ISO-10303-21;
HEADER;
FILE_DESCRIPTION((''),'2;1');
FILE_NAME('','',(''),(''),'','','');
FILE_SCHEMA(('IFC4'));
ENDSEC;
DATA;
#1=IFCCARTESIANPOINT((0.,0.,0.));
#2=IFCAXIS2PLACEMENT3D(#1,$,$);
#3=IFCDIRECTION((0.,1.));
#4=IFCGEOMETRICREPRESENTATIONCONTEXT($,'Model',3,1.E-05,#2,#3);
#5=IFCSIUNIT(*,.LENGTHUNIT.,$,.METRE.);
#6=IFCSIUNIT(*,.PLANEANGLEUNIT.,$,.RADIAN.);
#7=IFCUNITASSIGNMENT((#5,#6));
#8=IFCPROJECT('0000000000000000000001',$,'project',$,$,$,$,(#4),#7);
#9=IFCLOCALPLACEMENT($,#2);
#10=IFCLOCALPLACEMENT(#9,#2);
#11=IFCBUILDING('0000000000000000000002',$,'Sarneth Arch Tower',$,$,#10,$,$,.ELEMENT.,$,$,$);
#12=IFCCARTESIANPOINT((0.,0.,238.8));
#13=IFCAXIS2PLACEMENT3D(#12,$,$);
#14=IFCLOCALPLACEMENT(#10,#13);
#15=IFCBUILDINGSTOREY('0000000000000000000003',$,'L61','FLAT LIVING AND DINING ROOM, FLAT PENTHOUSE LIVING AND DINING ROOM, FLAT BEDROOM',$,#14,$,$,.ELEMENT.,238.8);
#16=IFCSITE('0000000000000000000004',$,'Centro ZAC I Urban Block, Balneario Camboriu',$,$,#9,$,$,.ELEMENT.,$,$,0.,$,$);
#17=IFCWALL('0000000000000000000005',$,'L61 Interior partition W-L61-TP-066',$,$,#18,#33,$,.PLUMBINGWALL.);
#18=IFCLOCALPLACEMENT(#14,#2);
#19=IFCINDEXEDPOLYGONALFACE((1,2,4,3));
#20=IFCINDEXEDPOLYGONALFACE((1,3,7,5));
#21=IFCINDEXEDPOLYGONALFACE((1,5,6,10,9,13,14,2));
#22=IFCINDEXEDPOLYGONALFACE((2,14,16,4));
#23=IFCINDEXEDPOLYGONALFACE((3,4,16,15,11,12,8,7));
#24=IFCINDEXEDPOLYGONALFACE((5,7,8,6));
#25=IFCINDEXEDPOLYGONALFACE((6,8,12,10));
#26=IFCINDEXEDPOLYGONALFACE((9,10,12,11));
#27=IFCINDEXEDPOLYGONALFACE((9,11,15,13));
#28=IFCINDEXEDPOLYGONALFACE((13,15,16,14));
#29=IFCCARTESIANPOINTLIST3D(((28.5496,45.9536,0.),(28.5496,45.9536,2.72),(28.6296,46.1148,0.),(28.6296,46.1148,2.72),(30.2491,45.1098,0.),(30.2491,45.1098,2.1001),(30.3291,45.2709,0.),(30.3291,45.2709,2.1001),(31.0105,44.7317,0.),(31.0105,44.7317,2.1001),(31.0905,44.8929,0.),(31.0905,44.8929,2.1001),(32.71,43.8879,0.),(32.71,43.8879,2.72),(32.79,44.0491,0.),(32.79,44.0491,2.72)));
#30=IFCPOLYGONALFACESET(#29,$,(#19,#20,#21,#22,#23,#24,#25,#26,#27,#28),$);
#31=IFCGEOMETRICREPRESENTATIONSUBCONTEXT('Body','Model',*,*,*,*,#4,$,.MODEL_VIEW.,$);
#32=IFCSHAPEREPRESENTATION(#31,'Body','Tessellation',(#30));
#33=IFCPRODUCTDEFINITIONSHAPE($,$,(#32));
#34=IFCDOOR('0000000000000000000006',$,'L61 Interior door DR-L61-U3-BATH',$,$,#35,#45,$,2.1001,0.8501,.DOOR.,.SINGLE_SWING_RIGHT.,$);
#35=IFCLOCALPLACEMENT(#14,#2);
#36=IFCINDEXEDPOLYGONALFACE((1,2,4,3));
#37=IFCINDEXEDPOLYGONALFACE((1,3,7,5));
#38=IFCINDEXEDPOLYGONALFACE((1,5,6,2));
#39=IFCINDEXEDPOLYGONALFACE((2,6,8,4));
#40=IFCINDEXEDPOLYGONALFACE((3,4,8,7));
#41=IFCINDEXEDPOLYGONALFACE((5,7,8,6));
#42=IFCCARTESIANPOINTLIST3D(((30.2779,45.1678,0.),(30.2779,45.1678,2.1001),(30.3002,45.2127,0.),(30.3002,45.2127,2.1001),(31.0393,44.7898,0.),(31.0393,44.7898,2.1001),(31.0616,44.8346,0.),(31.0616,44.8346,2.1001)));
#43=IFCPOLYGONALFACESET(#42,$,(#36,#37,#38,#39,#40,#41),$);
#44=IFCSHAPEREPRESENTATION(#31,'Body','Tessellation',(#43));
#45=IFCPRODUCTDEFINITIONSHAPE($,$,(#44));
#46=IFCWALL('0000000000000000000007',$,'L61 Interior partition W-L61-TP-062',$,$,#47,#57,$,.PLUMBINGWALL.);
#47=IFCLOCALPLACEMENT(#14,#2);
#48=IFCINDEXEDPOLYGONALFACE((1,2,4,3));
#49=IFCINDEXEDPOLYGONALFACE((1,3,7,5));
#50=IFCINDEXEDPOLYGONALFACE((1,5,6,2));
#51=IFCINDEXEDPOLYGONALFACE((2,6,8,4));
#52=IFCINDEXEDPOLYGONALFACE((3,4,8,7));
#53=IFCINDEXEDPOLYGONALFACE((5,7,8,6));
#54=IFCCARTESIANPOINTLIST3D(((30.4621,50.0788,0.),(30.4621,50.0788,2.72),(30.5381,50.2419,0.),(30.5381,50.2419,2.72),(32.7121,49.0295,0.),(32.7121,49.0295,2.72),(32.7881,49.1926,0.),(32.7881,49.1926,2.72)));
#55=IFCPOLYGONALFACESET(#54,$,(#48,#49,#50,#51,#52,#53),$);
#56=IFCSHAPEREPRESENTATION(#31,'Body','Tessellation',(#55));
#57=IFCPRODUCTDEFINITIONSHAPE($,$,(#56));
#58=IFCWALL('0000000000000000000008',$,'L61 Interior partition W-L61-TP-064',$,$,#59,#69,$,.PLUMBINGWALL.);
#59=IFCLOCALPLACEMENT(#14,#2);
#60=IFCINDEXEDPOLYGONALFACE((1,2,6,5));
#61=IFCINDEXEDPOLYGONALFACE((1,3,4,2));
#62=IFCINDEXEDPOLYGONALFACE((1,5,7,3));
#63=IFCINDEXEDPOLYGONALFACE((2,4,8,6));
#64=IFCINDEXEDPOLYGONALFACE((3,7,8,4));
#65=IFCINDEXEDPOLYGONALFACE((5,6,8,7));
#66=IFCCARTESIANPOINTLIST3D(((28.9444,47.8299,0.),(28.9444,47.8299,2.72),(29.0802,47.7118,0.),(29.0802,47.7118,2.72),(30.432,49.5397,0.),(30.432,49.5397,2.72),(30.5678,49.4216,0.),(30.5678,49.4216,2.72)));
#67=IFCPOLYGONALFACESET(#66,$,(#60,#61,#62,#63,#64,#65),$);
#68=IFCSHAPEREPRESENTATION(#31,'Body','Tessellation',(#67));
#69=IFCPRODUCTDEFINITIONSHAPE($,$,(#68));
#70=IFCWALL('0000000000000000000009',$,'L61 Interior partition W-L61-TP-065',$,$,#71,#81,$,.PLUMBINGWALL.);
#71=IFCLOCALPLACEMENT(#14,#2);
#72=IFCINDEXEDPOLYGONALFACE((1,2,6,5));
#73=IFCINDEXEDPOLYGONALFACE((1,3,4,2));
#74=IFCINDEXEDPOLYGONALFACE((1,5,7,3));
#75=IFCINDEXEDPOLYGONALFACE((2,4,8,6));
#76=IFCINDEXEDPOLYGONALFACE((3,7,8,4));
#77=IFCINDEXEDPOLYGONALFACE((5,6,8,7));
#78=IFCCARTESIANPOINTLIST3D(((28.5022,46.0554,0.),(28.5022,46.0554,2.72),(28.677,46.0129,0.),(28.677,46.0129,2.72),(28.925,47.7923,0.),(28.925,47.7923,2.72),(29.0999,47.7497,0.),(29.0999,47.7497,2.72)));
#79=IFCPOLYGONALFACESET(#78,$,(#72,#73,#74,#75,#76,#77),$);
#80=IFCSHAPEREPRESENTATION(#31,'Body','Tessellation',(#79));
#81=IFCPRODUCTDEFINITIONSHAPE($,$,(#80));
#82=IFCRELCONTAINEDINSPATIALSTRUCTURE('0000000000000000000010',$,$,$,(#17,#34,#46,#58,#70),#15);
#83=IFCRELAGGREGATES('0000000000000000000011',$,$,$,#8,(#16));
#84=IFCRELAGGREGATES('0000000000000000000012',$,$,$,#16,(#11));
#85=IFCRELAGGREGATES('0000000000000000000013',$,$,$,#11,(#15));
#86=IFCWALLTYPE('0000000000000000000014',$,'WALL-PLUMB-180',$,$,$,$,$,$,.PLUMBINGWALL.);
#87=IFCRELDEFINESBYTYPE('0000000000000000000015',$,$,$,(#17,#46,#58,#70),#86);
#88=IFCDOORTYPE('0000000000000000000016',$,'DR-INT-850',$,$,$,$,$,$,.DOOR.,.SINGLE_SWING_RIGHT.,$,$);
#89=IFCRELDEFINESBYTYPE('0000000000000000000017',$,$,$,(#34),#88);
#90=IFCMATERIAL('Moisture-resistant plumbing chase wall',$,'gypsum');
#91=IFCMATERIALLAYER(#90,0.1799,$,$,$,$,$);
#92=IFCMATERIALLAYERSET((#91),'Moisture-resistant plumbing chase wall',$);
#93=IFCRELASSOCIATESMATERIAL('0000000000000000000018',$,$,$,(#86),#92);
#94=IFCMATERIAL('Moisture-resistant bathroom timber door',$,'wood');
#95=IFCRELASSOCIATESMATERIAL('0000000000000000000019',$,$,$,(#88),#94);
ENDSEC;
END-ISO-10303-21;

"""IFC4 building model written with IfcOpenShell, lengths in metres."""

from ifc_helpers import new_model, si_unit, direction, frame, frame_2d, origin, place, context, subcontext, project, spatial, rectangle, extrude, material, layer, layer_set, type_object, element, fill, save


model = new_model("IFC4")

# Units and contexts
model_context = context("Model", 3, precision=1e-05, world=origin(), true_north=direction((0.0, 1.0)))
body_context = subcontext(model_context, "Body", "Model", "MODEL_VIEW")
ifc_project = project(units=[si_unit("LENGTHUNIT", "METRE"), si_unit("PLANEANGLEUNIT", "RADIAN")], contexts=[model_context])

# Site, building, storey
site_placement = place(None, origin())
site = spatial("IfcSite", under=ifc_project, at=site_placement, Name="Centro ZAC I Urban Block, Balneario Camboriu", CompositionType="ELEMENT", RefElevation=0.0)
building_placement = place(site_placement, origin())
building = spatial("IfcBuilding", under=site, at=building_placement, Name="Sarneth Arch Tower", CompositionType="ELEMENT")
storey_placement = place(building_placement, frame((0.0, 0.0, 238.8)))
storey = spatial("IfcBuildingStorey", under=building, at=storey_placement, Name="L61", Description="FLAT LIVING AND DINING ROOM, FLAT PENTHOUSE LIVING AND DINING ROOM, FLAT BEDROOM", CompositionType="ELEMENT", Elevation=238.8)

# Wall, opening, door
ifc_material_1 = material(Name="Moisture-resistant plumbing chase wall", Category="gypsum")
ifc_layer_1 = layer(ifc_material_1, 0.1799)
ifc_layer_set_1 = layer_set([ifc_layer_1], Name="Moisture-resistant plumbing chase wall")
wall_type_1 = type_object("IfcWallType", Name="WALL-PLUMB-180", PredefinedType="PLUMBINGWALL", material=ifc_layer_set_1)
wall_1_placement = place(storey_placement, frame((28.5896, 46.0342, 0.0), z_axis=(0.0, 0.0, 1.0), x_axis=(0.895675, -0.44471, 0.0)))
wall_1 = element("IfcWall", 1, at=wall_1_placement, inside=storey, type_object=wall_type_1, Name="L61 Interior partition W-L61-TP-066", PredefinedType="PLUMBINGWALL", context=body_context, shape_type="SweptSolid", body=[
    extrude(rectangle(XDim=4.645, YDim=0.1799, at=frame_2d((2.3225, 0.0))), origin(), (0.0, 0.0, 1.0), 2.72),
])
opening_1_placement = place(wall_1_placement, frame((1.8975, 0.0, 0.0)))
opening_1 = element("IfcOpeningElement", 2, at=opening_1_placement, cuts=wall_1, PredefinedType="OPENING", context=body_context, shape_type="SweptSolid", body=[
    extrude(rectangle(XDim=0.8501, YDim=2.1001, at=frame_2d((0.425, 1.05))), frame((0.0, 0.0999, 0.0), z_axis=(0.0, -1.0, 0.0), x_axis=(1.0, 0.0, 0.0)), (0.0, 0.0, 1.0), 0.2),
])
ifc_material_2 = material(Name="Moisture-resistant bathroom timber door", Category="wood")
door_type_1 = type_object("IfcDoorType", Name="DR-INT-850", OperationType="SINGLE_SWING_RIGHT", PredefinedType="DOOR", material=ifc_material_2)
door_1_placement = place(opening_1_placement, origin())
door_1 = element("IfcDoor", 3, at=door_1_placement, inside=storey, type_object=door_type_1, Name="L61 Interior door DR-L61-U3-BATH", OperationType="SINGLE_SWING_RIGHT", OverallHeight=2.1001, OverallWidth=0.8501, PredefinedType="DOOR", context=body_context, shape_type="SweptSolid", body=[
    extrude(rectangle(XDim=0.8501, YDim=2.1001, at=frame_2d((0.425, 1.05))), frame((0.0, 0.0249, 0.0), z_axis=(0.0, -1.0, 0.0), x_axis=(1.0, 0.0, 0.0)), (0.0, 0.0, 1.0), 0.05),
])
fill(opening_1, door_1)

# Walls
wall_2_placement = place(storey_placement, frame((32.75, 49.1111, 0.0), z_axis=(0.0, 0.0, 1.0), x_axis=(-0.906289, 0.422659, 0.0)))
element("IfcWall", 4, at=wall_2_placement, inside=storey, type_object=wall_type_1, Name="L61 Interior partition W-L61-TP-062", PredefinedType="PLUMBINGWALL", context=body_context, shape_type="SweptSolid", body=[
    extrude(rectangle(XDim=2.4827, YDim=0.1799, at=frame_2d((1.2412, 0.0))), origin(), (0.0, 0.0, 1.0), 2.72),
])
wall_3_placement = place(storey_placement, frame((30.5, 49.4807, 0.0), z_axis=(0.0, 0.0, 1.0), x_axis=(-0.656389, -0.754422, 0.0)))
element("IfcWall", 5, at=wall_3_placement, inside=storey, type_object=wall_type_1, Name="L61 Interior partition W-L61-TP-064", PredefinedType="PLUMBINGWALL", context=body_context, shape_type="SweptSolid", body=[
    extrude(rectangle(XDim=2.2664, YDim=0.1799, at=frame_2d((1.1333, 0.0))), origin(), (0.0, 0.0, 1.0), 2.72),
])
wall_4_placement = place(storey_placement, frame((29.0125, 47.771, 0.0), z_axis=(0.0, 0.0, 1.0), x_axis=(-0.236554, -0.971618, 0.0)))
element("IfcWall", 6, at=wall_4_placement, inside=storey, type_object=wall_type_1, Name="L61 Interior partition W-L61-TP-065", PredefinedType="PLUMBINGWALL", context=body_context, shape_type="SweptSolid", body=[
    extrude(rectangle(XDim=1.7876, YDim=0.1799, at=frame_2d((0.8938, 0.0))), origin(), (0.0, 0.0, 1.0), 2.72),
])

save(model, "model.ifc")
